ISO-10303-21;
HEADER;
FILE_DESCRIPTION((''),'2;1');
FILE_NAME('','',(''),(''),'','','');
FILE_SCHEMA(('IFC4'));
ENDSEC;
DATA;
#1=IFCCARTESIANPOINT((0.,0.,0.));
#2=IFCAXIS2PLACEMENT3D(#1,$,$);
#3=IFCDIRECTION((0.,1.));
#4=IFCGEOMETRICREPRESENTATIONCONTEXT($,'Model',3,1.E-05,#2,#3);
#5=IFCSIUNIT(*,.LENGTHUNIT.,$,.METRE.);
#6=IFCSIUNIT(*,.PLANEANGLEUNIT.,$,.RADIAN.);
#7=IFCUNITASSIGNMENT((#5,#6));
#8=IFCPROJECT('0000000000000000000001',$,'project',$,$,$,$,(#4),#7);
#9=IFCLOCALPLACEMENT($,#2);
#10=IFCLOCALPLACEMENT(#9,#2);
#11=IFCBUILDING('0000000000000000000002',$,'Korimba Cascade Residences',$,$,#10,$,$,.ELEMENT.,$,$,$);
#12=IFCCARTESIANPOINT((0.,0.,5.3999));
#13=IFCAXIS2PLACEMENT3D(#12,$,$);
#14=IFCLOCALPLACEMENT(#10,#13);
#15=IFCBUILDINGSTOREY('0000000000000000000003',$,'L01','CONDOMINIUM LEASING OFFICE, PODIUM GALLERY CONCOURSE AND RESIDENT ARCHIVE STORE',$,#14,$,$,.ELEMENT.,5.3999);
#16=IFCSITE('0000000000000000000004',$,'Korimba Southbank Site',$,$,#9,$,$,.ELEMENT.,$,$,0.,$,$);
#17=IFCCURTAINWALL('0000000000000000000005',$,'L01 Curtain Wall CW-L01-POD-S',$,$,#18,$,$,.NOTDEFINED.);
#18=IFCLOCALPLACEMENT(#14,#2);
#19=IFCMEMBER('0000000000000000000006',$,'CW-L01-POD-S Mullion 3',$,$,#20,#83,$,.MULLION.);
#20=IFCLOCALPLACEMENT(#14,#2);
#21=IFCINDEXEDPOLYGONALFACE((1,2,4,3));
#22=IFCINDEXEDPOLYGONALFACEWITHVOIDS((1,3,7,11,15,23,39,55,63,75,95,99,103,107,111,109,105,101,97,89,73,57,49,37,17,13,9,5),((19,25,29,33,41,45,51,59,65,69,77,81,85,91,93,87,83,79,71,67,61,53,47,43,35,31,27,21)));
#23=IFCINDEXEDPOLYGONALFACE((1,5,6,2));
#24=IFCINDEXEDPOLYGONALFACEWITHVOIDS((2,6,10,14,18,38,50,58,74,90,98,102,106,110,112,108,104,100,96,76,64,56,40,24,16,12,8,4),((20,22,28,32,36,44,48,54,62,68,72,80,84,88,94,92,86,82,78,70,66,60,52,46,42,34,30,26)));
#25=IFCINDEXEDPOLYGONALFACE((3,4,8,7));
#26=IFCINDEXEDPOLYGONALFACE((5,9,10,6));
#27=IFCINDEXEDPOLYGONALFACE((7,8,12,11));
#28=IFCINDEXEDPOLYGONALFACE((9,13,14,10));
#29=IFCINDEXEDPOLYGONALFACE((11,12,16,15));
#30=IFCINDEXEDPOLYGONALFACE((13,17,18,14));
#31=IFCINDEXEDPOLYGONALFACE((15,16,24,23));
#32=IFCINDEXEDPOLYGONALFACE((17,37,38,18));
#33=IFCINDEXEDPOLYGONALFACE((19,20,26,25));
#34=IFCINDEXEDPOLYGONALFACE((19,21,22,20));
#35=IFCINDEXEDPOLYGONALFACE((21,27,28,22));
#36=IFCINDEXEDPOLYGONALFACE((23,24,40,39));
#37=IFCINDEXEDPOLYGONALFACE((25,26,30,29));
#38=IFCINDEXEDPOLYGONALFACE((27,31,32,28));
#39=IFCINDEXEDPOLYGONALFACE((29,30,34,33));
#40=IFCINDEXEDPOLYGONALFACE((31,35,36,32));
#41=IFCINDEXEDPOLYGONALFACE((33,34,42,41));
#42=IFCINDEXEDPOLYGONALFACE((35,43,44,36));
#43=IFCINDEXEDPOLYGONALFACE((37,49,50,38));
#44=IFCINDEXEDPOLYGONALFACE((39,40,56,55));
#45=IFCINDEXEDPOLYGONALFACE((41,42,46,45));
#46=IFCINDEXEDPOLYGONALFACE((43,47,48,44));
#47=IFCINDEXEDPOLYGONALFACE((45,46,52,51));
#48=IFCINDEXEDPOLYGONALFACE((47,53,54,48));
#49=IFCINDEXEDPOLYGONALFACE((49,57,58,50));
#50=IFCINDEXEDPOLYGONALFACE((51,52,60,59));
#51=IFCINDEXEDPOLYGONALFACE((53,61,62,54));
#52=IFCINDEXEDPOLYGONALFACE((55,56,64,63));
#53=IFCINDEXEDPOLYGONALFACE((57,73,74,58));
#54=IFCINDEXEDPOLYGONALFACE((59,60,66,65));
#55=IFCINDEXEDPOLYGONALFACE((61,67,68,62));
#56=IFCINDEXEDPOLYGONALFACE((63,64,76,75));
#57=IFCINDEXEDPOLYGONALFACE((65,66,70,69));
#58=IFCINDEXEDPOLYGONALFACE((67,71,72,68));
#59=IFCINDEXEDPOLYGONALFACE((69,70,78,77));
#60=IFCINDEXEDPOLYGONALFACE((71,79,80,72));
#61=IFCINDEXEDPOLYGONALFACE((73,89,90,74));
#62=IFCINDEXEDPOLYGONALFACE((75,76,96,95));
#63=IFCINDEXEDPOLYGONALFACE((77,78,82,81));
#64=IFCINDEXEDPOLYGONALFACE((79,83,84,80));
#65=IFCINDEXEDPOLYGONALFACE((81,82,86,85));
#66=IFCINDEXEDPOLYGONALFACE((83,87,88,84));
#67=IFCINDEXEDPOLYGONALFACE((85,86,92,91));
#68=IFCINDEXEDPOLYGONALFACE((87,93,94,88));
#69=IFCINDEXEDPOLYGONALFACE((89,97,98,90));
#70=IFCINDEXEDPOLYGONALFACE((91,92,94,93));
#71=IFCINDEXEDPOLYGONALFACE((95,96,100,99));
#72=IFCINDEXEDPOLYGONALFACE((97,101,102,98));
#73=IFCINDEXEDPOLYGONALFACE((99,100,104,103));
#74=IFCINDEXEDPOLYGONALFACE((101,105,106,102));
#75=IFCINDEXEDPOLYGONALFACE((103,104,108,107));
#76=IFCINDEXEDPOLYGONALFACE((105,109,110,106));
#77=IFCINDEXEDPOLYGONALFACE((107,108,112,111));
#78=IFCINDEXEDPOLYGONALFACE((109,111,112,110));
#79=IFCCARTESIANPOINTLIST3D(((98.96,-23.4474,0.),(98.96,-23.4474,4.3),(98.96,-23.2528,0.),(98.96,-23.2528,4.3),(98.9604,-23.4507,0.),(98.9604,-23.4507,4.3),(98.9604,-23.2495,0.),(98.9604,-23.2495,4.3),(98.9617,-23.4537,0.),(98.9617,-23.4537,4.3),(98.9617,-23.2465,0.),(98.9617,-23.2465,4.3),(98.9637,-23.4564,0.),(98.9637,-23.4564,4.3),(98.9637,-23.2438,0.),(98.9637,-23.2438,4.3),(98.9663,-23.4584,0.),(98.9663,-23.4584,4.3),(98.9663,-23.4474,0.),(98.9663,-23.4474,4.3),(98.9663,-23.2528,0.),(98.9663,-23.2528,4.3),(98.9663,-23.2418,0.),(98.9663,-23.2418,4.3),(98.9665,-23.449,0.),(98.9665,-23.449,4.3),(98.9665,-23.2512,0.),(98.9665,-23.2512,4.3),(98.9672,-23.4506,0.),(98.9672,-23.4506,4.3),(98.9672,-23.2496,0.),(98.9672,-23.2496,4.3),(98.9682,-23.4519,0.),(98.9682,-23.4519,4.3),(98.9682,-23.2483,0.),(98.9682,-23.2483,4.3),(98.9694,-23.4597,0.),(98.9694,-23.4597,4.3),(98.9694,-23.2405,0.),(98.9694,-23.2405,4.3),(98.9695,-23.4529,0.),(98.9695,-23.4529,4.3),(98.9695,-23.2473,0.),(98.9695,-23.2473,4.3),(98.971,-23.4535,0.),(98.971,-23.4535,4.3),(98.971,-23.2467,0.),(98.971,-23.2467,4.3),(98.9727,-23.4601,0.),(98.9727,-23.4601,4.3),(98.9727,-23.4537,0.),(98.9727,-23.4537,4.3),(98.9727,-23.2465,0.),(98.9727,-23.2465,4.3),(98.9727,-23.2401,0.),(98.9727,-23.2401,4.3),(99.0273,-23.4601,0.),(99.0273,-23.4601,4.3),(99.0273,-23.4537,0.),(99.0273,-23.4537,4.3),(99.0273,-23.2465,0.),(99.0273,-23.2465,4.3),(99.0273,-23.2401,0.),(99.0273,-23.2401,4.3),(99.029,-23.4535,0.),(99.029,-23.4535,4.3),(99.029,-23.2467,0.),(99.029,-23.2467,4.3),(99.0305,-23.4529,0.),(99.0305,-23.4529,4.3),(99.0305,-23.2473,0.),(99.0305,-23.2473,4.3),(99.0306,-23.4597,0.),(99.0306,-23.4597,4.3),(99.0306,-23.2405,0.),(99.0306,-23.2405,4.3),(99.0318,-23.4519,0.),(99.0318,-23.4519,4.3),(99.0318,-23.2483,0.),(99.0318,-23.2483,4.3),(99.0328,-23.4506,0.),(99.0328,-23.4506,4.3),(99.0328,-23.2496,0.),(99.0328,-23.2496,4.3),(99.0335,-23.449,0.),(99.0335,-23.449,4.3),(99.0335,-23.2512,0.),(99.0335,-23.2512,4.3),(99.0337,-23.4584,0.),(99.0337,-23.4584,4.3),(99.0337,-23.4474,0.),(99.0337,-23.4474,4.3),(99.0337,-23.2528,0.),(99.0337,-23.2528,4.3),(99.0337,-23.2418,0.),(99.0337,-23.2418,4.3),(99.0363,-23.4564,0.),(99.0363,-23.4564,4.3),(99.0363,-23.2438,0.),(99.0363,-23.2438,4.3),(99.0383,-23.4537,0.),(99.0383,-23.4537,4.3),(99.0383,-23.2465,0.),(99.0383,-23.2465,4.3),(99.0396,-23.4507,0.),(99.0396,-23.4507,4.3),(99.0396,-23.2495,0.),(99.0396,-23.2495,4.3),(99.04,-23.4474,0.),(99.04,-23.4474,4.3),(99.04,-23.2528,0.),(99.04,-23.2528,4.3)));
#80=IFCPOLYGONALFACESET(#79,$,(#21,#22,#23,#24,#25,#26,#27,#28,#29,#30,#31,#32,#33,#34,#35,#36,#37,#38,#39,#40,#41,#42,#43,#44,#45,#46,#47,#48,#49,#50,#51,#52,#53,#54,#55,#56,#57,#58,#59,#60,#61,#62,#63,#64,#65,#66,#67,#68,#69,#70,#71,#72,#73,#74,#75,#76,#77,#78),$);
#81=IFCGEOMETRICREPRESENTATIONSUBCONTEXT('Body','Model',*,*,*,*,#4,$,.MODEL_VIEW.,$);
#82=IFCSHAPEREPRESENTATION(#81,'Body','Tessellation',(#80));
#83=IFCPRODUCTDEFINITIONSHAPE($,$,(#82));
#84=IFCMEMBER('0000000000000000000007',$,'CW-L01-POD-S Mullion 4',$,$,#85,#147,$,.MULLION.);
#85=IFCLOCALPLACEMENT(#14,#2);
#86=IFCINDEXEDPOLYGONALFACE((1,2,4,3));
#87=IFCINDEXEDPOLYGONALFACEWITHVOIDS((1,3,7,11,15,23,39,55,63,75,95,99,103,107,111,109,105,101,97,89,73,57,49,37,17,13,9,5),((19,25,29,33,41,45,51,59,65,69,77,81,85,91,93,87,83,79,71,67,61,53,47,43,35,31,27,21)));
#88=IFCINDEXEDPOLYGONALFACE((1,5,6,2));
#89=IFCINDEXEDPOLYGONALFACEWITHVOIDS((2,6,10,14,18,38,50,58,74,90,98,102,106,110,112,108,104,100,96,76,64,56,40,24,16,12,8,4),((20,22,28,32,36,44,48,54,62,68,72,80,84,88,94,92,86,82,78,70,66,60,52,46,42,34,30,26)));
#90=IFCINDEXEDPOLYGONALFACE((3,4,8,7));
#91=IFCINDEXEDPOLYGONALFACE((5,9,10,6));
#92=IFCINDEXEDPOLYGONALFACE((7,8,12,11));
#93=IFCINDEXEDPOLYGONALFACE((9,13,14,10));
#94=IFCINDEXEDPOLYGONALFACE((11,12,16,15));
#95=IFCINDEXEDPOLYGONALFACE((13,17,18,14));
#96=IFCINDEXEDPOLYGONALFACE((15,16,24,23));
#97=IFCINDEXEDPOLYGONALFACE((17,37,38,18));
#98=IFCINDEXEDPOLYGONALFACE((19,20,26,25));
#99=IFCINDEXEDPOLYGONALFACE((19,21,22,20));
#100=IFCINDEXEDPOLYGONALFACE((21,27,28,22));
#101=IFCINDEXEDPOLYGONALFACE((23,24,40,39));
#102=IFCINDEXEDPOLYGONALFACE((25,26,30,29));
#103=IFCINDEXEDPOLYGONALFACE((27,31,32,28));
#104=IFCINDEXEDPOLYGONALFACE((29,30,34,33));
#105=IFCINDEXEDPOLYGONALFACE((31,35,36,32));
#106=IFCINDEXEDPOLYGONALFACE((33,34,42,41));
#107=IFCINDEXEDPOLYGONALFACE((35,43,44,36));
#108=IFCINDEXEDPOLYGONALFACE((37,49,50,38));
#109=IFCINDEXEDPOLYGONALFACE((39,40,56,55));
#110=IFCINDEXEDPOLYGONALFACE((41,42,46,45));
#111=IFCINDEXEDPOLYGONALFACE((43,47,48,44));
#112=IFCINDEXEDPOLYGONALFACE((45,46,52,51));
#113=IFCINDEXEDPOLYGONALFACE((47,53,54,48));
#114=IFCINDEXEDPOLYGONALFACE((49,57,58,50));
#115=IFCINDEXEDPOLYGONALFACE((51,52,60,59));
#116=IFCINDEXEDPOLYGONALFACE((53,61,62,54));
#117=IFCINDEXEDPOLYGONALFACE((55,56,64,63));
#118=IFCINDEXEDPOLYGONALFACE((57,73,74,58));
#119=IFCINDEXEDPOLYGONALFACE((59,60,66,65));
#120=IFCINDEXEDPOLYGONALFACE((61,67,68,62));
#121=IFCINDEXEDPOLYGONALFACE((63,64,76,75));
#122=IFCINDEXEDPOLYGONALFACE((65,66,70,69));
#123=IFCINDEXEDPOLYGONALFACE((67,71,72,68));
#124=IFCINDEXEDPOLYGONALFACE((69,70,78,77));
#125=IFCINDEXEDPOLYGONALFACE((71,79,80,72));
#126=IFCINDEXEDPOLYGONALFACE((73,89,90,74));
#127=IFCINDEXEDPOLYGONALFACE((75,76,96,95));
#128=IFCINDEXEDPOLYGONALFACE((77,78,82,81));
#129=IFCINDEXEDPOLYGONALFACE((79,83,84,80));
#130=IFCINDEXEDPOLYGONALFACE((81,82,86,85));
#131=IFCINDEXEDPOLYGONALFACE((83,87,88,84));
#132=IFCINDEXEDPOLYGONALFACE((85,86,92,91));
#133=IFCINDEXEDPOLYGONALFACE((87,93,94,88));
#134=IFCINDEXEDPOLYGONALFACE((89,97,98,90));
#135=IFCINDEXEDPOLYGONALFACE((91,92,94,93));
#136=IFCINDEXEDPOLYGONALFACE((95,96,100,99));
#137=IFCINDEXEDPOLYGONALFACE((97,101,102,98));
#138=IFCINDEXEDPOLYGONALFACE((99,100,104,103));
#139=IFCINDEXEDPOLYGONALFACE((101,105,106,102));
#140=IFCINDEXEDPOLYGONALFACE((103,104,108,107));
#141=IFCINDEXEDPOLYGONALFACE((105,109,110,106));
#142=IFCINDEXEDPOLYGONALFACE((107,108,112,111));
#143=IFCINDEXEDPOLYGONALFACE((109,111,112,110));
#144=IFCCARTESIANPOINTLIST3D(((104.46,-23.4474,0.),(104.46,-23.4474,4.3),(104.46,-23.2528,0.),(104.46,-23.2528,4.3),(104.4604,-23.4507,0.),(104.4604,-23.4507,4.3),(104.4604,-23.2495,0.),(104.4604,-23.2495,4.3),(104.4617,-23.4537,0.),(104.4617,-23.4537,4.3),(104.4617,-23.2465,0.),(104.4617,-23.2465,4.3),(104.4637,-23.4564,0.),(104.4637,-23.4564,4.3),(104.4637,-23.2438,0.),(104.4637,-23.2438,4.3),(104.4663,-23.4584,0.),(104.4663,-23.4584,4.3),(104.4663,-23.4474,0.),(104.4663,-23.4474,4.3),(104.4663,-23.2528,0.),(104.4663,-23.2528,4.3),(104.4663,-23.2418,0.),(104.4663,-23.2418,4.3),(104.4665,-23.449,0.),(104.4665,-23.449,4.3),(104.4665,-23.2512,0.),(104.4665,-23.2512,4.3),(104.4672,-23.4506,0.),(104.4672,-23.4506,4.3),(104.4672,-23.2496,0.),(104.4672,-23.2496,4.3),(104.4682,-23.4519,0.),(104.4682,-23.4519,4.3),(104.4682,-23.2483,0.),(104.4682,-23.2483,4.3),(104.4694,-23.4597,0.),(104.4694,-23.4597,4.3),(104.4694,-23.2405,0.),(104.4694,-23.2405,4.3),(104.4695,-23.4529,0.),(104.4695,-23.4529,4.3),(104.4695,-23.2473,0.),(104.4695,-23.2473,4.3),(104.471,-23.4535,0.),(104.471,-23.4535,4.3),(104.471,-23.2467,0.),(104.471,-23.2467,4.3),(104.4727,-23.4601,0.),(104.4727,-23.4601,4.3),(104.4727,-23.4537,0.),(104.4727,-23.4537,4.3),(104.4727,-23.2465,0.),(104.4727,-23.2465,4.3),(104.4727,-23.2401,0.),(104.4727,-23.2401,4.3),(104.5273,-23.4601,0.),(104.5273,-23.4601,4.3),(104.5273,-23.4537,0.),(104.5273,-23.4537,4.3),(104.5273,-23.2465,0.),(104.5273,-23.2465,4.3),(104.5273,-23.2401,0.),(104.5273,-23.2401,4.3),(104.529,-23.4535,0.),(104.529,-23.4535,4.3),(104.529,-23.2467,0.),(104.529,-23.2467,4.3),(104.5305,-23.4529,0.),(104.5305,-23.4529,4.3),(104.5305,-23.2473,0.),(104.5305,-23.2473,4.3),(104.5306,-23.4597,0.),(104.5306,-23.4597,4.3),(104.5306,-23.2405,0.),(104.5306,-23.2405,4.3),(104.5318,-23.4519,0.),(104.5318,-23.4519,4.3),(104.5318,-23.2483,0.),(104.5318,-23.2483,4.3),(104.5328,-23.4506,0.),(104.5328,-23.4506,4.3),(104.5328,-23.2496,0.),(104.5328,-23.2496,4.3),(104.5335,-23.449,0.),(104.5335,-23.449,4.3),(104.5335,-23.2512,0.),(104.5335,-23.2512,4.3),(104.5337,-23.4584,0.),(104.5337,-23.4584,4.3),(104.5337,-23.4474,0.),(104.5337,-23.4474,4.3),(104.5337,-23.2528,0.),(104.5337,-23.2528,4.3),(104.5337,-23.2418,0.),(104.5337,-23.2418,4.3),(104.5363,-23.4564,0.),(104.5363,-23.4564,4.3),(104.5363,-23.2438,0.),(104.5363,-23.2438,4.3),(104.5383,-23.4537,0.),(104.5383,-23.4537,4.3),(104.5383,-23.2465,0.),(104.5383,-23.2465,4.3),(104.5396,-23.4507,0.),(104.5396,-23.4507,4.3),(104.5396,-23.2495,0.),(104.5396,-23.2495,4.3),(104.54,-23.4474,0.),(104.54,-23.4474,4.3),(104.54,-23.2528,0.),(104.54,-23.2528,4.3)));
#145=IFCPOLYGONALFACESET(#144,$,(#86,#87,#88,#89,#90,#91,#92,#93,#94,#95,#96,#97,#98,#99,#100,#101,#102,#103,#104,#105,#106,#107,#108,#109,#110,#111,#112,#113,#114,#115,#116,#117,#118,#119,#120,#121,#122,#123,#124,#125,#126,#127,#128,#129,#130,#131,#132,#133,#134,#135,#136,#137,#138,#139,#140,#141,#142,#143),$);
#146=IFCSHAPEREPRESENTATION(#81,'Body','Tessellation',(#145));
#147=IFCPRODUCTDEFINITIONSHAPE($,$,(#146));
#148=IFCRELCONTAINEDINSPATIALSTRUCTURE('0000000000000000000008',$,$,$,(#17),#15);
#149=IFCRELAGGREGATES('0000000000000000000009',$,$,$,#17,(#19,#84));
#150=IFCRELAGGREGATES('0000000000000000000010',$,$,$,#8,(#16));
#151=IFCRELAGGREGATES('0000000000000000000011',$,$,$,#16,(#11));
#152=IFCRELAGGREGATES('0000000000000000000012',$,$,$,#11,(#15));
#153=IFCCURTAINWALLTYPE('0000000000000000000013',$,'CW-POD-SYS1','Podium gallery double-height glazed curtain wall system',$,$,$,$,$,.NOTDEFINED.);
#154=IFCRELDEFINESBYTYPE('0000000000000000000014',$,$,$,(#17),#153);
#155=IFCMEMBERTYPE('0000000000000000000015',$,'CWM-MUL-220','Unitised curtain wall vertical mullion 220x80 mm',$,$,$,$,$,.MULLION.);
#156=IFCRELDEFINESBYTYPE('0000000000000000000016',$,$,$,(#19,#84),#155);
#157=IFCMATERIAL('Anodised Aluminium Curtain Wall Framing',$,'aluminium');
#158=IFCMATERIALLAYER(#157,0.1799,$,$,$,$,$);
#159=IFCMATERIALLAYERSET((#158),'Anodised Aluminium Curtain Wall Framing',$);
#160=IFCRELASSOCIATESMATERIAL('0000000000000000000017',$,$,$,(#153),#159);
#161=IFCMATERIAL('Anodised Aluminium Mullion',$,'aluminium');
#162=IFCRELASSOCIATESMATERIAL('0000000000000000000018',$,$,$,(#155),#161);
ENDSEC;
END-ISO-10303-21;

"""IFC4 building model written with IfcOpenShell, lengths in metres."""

from ifc_helpers import new_model, si_unit, direction, frame, origin, origin_2d, place, context, subcontext, project, spatial, hollow_rectangle, extrude, material, layer, layer_set, material_profile, profile_set, type_object, element, aggregate, save


model = new_model("IFC4")

# Units and contexts
model_context = context("Model", 3, precision=1e-05, world=origin(), true_north=direction((0.0, 1.0)))
body_context = subcontext(model_context, "Body", "Model", "MODEL_VIEW")
ifc_project = project(units=[si_unit("LENGTHUNIT", "METRE"), si_unit("PLANEANGLEUNIT", "RADIAN")], contexts=[model_context])

# Site, building, storey
site_placement = place(None, origin())
site = spatial("IfcSite", under=ifc_project, at=site_placement, Name="Korimba Southbank Site", CompositionType="ELEMENT", RefElevation=0.0)
building_placement = place(site_placement, origin())
building = spatial("IfcBuilding", under=site, at=building_placement, Name="Korimba Cascade Residences", CompositionType="ELEMENT")
storey_placement = place(building_placement, frame((0.0, 0.0, 5.3999)))
storey = spatial("IfcBuildingStorey", under=building, at=storey_placement, Name="L01", Description="CONDOMINIUM LEASING OFFICE, PODIUM GALLERY CONCOURSE AND RESIDENT ARCHIVE STORE", CompositionType="ELEMENT", Elevation=5.3999)

# Curtain wall, members
ifc_material_1 = material(Name="Anodised Aluminium Curtain Wall Framing", Category="aluminium")
ifc_layer_1 = layer(ifc_material_1, 0.1799)
ifc_layer_set_1 = layer_set([ifc_layer_1], Name="Anodised Aluminium Curtain Wall Framing")
curtain_wall_type = type_object("IfcCurtainWallType", Name="CW-POD-SYS1", Description="Podium gallery double-height glazed curtain wall system", PredefinedType="NOTDEFINED", material=ifc_layer_set_1)
curtain_wall_placement = place(storey_placement, origin())
curtain_wall = element("IfcCurtainWall", 1, at=curtain_wall_placement, inside=storey, type_object=curtain_wall_type, Name="L01 Curtain Wall CW-L01-POD-S", PredefinedType="NOTDEFINED")
ifc_material_2 = material(Name="Anodised Aluminium Mullion", Category="aluminium")
ifc_material_profile_1 = material_profile(ifc_material_2, hollow_rectangle(XDim=0.0801, YDim=0.22, WallThickness=0.0063, InnerFilletRadius=0.0063, OuterFilletRadius=0.0127, at=origin_2d()), Name="Anodised Aluminium Mullion")
ifc_profile_set_1 = profile_set([ifc_material_profile_1], Name="Anodised Aluminium Mullion")
member_type_1 = type_object("IfcMemberType", Name="CWM-MUL-220", Description="Unitised curtain wall vertical mullion 220x80 mm", PredefinedType="MULLION", material=ifc_profile_set_1)
member_1_placement = place(storey_placement, frame((99.0, -23.3501, 0.0), z_axis=(0.0, 0.0, 1.0), x_axis=(1.0, 0.0, 0.0)))
member_1 = element("IfcMember", 2, at=member_1_placement, type_object=member_type_1, Name="CW-L01-POD-S Mullion 3", PredefinedType="MULLION", context=body_context, shape_type="SweptSolid", body=[
    extrude(hollow_rectangle(XDim=0.0801, YDim=0.22, WallThickness=0.0063, InnerFilletRadius=0.0063, OuterFilletRadius=0.0127, at=origin_2d()), origin(), (0.0, 0.0, 1.0), 4.3),
])
member_2_placement = place(storey_placement, frame((104.5, -23.3501, 0.0), z_axis=(0.0, 0.0, 1.0), x_axis=(1.0, 0.0, 0.0)))
member_2 = element("IfcMember", 3, at=member_2_placement, type_object=member_type_1, Name="CW-L01-POD-S Mullion 4", PredefinedType="MULLION", context=body_context, shape_type="SweptSolid", body=[
    extrude(hollow_rectangle(XDim=0.0801, YDim=0.22, WallThickness=0.0063, InnerFilletRadius=0.0063, OuterFilletRadius=0.0127, at=origin_2d()), origin(), (0.0, 0.0, 1.0), 4.3),
])
aggregate(curtain_wall, [member_1, member_2])

save(model, "model.ifc")
